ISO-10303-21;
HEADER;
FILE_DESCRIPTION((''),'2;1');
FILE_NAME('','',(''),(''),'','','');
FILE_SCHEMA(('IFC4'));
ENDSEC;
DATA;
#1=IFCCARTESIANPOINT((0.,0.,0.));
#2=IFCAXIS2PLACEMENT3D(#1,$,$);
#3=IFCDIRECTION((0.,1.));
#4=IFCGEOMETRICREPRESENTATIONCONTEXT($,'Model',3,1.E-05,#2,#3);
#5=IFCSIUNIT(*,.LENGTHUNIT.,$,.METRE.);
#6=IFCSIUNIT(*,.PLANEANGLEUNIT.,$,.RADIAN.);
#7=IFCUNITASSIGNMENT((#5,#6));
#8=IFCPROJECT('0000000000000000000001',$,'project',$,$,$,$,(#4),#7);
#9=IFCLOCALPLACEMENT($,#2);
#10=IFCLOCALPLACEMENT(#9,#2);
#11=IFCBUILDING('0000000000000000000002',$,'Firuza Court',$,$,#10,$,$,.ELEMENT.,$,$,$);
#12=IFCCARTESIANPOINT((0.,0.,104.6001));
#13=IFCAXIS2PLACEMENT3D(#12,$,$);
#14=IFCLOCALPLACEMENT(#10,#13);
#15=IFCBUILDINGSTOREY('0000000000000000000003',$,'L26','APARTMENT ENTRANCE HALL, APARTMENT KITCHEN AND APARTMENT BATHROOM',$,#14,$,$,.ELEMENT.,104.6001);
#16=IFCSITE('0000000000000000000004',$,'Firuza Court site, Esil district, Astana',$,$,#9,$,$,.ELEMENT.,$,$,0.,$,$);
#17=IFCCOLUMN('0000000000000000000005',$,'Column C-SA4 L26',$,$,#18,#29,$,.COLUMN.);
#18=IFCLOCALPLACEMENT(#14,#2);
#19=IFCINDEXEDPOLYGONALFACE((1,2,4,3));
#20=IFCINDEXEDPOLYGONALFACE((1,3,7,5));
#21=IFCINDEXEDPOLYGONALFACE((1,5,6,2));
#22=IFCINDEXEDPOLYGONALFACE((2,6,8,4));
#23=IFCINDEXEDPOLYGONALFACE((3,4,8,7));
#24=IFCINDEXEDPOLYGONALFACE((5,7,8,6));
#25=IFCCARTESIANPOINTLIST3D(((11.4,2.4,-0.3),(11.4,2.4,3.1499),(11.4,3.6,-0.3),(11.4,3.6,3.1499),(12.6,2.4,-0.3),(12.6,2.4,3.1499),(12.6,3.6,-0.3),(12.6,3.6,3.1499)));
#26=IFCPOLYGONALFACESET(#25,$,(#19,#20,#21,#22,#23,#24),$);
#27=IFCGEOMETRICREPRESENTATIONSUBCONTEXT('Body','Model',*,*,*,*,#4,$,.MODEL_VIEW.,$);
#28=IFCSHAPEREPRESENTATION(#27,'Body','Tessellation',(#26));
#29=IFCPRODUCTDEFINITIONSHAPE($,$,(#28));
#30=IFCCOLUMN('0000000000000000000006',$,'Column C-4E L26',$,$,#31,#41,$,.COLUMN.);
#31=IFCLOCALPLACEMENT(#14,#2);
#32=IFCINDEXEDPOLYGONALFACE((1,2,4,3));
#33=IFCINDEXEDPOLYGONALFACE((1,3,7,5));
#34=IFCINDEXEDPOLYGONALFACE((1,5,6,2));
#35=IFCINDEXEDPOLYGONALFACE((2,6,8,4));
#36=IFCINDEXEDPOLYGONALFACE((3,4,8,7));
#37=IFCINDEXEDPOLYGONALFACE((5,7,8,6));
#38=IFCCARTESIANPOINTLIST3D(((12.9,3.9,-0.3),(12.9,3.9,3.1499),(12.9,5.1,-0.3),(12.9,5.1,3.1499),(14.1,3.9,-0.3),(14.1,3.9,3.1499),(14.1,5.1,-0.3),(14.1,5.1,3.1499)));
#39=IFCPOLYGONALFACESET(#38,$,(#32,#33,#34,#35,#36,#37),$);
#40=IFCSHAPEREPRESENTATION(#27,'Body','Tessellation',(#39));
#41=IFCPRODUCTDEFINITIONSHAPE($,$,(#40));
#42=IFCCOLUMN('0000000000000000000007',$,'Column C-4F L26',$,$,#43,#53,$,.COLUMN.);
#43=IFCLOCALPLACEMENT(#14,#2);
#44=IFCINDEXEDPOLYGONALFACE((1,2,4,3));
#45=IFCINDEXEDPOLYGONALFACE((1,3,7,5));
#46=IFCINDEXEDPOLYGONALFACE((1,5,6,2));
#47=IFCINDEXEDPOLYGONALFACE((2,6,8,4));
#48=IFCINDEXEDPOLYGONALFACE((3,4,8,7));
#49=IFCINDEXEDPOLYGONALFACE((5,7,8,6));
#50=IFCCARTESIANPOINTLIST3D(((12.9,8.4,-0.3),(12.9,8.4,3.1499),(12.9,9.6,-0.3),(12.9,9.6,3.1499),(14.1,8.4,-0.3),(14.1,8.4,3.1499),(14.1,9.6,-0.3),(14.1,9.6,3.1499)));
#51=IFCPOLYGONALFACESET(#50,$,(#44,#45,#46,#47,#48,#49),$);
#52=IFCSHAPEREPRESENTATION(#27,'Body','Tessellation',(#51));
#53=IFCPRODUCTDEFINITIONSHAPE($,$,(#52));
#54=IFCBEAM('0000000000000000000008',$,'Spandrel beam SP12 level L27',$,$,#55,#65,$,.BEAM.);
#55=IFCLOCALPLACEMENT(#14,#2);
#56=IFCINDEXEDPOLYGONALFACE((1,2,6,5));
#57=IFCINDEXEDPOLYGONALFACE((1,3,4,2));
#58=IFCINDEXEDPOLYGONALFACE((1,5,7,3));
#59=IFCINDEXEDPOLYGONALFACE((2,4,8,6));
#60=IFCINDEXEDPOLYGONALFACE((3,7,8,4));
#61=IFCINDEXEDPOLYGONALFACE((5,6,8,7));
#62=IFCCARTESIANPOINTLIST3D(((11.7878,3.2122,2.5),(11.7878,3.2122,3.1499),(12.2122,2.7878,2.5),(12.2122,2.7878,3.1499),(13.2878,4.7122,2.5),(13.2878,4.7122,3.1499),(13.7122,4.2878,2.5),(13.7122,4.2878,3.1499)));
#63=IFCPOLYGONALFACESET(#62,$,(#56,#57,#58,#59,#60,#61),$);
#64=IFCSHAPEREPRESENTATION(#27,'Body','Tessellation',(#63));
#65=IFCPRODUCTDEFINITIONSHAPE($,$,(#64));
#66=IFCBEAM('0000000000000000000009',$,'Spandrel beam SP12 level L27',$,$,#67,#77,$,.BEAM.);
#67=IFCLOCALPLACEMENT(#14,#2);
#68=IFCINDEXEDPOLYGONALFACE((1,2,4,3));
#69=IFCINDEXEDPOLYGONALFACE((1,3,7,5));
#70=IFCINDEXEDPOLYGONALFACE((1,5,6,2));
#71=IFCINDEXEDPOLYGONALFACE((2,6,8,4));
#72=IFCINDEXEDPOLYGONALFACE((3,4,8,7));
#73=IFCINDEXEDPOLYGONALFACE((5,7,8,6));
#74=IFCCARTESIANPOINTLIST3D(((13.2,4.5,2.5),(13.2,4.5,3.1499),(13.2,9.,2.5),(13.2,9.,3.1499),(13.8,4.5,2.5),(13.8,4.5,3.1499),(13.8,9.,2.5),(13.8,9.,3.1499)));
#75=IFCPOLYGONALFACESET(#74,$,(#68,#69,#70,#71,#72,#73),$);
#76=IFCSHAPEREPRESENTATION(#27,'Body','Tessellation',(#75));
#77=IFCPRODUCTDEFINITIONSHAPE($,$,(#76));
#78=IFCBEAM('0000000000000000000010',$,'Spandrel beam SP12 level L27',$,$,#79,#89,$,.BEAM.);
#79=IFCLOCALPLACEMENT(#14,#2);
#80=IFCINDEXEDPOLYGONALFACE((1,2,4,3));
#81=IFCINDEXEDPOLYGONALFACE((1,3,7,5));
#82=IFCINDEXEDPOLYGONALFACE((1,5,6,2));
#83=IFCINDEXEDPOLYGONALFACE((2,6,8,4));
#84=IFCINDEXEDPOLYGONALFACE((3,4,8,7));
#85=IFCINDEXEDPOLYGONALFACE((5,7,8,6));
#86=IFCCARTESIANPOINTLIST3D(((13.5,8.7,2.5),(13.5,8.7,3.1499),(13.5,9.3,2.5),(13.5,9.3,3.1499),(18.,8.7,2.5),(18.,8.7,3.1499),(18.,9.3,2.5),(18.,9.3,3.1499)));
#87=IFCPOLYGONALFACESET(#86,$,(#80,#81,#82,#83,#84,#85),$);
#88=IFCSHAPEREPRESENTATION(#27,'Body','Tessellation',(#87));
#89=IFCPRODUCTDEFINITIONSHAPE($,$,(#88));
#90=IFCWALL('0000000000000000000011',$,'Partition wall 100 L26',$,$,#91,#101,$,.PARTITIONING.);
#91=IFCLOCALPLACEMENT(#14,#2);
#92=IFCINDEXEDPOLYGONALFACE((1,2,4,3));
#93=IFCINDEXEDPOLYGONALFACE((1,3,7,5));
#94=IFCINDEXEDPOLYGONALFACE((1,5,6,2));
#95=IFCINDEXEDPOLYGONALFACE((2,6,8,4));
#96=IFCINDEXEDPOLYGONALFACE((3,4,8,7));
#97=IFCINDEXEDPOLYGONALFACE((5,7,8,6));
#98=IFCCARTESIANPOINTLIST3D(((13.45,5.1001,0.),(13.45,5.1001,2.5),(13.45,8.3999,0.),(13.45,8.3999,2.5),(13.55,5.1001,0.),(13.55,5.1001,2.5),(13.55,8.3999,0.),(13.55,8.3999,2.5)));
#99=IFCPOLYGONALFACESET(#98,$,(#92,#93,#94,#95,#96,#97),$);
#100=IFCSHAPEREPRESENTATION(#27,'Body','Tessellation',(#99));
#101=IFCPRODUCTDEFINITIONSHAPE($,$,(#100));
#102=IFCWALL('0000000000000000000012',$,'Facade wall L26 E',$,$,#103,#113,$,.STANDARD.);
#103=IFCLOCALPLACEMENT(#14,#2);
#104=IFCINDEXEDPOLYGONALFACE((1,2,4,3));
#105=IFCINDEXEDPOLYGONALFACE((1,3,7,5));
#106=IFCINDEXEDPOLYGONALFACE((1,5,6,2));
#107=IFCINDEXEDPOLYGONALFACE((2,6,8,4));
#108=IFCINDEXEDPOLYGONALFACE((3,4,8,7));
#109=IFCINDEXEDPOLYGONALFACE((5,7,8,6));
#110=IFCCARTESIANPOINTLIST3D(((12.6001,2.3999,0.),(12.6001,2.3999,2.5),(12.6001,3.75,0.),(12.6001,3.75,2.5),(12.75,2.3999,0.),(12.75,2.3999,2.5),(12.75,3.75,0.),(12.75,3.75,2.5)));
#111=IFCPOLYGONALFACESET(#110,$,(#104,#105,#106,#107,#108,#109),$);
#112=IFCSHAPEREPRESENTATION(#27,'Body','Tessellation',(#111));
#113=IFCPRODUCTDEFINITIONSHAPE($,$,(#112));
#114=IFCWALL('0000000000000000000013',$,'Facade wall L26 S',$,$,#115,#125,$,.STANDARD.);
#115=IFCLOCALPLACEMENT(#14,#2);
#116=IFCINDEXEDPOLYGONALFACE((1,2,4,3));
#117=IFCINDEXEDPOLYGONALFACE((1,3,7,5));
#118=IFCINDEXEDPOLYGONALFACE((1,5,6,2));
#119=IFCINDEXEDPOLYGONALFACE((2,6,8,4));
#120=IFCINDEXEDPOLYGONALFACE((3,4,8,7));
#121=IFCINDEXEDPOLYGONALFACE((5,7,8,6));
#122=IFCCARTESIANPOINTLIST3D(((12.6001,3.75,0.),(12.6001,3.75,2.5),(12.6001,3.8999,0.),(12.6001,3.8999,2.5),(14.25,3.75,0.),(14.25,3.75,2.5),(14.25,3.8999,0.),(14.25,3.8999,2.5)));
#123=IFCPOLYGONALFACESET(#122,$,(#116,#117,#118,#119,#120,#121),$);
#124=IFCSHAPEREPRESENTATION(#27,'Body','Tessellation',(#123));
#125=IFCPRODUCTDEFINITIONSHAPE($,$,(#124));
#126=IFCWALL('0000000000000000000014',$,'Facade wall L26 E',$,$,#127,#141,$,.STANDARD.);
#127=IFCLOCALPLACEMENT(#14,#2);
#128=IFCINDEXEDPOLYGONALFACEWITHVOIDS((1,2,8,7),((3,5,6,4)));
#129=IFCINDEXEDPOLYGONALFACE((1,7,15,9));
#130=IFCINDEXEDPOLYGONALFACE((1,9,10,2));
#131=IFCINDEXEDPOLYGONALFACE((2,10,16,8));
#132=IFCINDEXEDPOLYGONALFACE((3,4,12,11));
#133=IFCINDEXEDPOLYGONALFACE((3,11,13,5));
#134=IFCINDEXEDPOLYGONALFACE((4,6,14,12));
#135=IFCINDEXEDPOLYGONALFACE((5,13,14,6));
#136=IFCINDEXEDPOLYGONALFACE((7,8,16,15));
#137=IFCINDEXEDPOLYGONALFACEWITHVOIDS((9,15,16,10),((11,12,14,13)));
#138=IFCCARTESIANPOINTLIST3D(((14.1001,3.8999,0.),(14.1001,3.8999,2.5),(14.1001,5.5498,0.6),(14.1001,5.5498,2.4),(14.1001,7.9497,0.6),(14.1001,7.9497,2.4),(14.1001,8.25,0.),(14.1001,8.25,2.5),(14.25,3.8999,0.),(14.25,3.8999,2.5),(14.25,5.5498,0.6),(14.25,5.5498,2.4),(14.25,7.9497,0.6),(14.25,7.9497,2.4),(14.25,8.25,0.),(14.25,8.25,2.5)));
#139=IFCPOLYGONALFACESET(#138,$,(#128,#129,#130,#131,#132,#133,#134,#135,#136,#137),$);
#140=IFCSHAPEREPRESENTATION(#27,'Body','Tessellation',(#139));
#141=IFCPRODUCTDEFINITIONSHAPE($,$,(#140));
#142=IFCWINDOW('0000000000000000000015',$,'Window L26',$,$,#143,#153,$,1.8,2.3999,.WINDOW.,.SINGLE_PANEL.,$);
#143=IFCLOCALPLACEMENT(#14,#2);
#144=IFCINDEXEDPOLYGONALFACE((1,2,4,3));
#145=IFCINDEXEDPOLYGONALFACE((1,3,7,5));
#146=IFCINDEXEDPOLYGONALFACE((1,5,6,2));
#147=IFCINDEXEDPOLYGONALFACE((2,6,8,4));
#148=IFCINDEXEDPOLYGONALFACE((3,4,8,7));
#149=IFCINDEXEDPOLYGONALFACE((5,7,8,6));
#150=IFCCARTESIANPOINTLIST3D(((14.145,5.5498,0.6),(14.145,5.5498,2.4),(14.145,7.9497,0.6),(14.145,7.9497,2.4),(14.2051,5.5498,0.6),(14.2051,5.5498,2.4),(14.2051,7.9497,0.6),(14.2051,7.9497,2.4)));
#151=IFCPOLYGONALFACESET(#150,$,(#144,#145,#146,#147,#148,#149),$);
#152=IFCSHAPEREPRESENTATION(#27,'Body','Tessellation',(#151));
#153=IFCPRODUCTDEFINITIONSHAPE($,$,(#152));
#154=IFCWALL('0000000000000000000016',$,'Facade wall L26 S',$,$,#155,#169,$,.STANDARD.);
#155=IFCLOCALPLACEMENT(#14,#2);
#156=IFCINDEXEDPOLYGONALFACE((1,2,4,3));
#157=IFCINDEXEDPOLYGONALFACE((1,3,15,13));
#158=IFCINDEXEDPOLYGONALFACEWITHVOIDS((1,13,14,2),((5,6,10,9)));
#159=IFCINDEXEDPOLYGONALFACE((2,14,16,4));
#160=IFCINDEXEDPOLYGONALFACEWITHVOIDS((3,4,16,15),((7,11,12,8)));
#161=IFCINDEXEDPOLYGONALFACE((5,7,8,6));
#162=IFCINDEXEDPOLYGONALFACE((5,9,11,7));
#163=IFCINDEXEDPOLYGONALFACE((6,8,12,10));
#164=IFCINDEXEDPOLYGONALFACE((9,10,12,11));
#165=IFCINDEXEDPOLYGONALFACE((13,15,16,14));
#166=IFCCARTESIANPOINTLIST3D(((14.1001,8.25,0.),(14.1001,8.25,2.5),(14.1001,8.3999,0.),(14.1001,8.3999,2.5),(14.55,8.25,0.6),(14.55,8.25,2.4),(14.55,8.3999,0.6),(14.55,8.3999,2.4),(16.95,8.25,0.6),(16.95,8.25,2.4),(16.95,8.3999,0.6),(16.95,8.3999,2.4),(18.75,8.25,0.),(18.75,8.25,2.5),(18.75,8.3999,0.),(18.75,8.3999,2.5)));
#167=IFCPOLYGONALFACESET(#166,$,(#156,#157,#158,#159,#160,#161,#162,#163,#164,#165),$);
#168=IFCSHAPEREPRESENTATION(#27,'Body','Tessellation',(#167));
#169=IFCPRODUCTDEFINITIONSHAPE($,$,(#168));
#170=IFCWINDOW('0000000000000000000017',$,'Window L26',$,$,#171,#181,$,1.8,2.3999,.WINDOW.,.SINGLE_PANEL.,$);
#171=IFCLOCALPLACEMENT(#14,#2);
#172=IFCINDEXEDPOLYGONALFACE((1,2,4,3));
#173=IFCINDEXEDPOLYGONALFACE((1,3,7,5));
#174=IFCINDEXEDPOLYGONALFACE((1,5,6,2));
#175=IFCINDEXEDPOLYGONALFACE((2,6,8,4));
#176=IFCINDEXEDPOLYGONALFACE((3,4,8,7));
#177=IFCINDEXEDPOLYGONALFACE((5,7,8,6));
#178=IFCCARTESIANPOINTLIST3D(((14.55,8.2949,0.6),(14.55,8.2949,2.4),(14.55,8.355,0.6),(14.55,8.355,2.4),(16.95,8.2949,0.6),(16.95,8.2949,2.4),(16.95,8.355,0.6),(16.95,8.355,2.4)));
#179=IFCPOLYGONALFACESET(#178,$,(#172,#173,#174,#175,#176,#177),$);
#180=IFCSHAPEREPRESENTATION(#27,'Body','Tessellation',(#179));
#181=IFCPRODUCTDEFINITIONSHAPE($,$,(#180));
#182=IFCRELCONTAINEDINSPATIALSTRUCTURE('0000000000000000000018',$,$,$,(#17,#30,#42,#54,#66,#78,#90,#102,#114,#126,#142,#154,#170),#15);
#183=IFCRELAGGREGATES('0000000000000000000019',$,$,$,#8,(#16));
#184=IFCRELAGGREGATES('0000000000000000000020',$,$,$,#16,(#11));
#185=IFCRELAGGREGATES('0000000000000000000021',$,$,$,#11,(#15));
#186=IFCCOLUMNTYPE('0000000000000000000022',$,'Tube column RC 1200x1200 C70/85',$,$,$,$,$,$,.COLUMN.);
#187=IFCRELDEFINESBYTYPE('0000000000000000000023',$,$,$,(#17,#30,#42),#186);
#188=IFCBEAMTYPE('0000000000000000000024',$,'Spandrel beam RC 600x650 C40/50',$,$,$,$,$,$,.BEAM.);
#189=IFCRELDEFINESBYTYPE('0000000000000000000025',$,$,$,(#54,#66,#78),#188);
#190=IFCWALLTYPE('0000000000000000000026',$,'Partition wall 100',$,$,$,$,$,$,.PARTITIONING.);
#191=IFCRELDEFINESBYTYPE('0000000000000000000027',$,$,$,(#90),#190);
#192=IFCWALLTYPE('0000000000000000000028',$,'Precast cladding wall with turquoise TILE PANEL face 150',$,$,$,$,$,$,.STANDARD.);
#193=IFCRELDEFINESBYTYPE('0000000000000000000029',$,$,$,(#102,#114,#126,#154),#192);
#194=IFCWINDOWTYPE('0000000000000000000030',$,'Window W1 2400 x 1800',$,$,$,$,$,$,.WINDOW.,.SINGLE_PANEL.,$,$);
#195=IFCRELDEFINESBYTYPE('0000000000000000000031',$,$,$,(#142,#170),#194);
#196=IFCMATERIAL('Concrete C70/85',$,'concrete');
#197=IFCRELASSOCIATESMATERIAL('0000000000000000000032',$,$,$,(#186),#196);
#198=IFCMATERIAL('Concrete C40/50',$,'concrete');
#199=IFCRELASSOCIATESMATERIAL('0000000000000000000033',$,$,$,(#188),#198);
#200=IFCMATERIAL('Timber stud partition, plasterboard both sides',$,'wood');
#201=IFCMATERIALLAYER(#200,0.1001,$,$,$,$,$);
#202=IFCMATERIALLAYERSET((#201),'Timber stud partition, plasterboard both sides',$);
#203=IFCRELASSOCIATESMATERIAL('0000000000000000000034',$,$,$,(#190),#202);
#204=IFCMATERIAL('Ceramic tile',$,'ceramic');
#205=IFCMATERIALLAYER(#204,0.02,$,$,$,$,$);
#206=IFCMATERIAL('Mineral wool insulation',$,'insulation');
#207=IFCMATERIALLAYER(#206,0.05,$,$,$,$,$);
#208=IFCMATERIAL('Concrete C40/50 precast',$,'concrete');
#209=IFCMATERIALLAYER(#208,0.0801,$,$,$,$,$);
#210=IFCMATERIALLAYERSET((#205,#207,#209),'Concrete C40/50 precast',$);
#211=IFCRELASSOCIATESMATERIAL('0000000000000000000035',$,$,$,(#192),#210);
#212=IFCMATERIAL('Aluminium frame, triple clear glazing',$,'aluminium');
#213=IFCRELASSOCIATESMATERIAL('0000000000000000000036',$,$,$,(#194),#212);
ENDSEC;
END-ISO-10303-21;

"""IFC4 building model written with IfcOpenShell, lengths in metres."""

from ifc_helpers import new_model, si_unit, direction, frame, frame_2d, origin, origin_2d, place, context, subcontext, project, spatial, rectangle, extrude, material, layer, layer_set, material_profile, profile_set, type_object, element, fill, save


model = new_model("IFC4")

# Units and contexts
model_context = context("Model", 3, precision=1e-05, world=origin(), true_north=direction((0.0, 1.0)))
body_context = subcontext(model_context, "Body", "Model", "MODEL_VIEW")
ifc_project = project(units=[si_unit("LENGTHUNIT", "METRE"), si_unit("PLANEANGLEUNIT", "RADIAN")], contexts=[model_context])

# Site, building, storey
site_placement = place(None, origin())
site = spatial("IfcSite", under=ifc_project, at=site_placement, Name="Firuza Court site, Esil district, Astana", CompositionType="ELEMENT", RefElevation=0.0)
building_placement = place(site_placement, origin())
building = spatial("IfcBuilding", under=site, at=building_placement, Name="Firuza Court", CompositionType="ELEMENT")
storey_placement = place(building_placement, frame((0.0, 0.0, 104.6001)))
storey = spatial("IfcBuildingStorey", under=building, at=storey_placement, Name="L26", Description="APARTMENT ENTRANCE HALL, APARTMENT KITCHEN AND APARTMENT BATHROOM", CompositionType="ELEMENT", Elevation=104.6001)

# Columns
ifc_material_1 = material(Name="Concrete C70/85", Category="concrete")
ifc_material_profile_1 = material_profile(ifc_material_1, rectangle(XDim=1.2, YDim=1.2, at=origin_2d()), Name="RC 1200x1200")
ifc_profile_set_1 = profile_set([ifc_material_profile_1], Name="Concrete C70/85")
column_type = type_object("IfcColumnType", Name="Tube column RC 1200x1200 C70/85", PredefinedType="COLUMN", material=ifc_profile_set_1)
for number, where, z_axis, x_axis, name in (
    (1, (12.0, 3.0, -0.3), (0.0, 0.0, 1.0), (1.0, 0.0, 0.0), "Column C-SA4 L26"),
    (2, (13.5, 4.5, -0.3), (0.0, 0.0, 1.0), (1.0, 0.0, 0.0), "Column C-4E L26"),
    (3, (13.5, 9.0, -0.3), (0.0, 0.0, 1.0), (1.0, 0.0, 0.0), "Column C-4F L26"),
):
    element("IfcColumn", number, at=place(storey_placement, frame(where, z_axis=z_axis, x_axis=x_axis)), inside=storey, type_object=column_type, Name=name, PredefinedType="COLUMN", context=body_context, shape_type="SweptSolid", body=[
        extrude(rectangle(XDim=1.2, YDim=1.2, at=origin_2d()), origin(), (0.0, 0.0, 1.0), 3.45),
    ])

# Beams
ifc_material_2 = material(Name="Concrete C40/50", Category="concrete")
ifc_material_profile_2 = material_profile(ifc_material_2, rectangle(XDim=0.6001, YDim=0.6499, at=origin_2d()), Name="RC 600x650")
ifc_profile_set_2 = profile_set([ifc_material_profile_2], Name="Concrete C40/50")
beam_type = type_object("IfcBeamType", Name="Spandrel beam RC 600x650 C40/50", PredefinedType="BEAM", material=ifc_profile_set_2)
beam_placement = place(storey_placement, frame((12.0, 3.0, 2.825), z_axis=(0.707107, 0.707107, 0.0), x_axis=(-0.707107, 0.707107, 0.0)))
element("IfcBeam", 4, at=beam_placement, inside=storey, type_object=beam_type, Name="Spandrel beam SP12 level L27", PredefinedType="BEAM", context=body_context, shape_type="SweptSolid", body=[
    extrude(rectangle(XDim=0.6001, YDim=0.6499, at=origin_2d()), origin(), (0.0, 0.0, 1.0), 2.1213),
])
for number, where, z_axis, x_axis, name in (
    (5, (13.5, 4.5, 2.825), (0.0, 1.0, 0.0), (-1.0, 0.0, 0.0), "Spandrel beam SP12 level L27"),
    (6, (13.5, 9.0, 2.825), (1.0, 0.0, 0.0), (0.0, 1.0, 0.0), "Spandrel beam SP12 level L27"),
):
    element("IfcBeam", number, at=place(storey_placement, frame(where, z_axis=z_axis, x_axis=x_axis)), inside=storey, type_object=beam_type, Name=name, PredefinedType="BEAM", context=body_context, shape_type="SweptSolid", body=[
        extrude(rectangle(XDim=0.6001, YDim=0.6499, at=origin_2d()), origin(), (0.0, 0.0, 1.0), 4.5),
    ])

# Walls
ifc_material_3 = material(Name="Timber stud partition, plasterboard both sides", Category="wood")
ifc_layer_1 = layer(ifc_material_3, 0.1001)
ifc_layer_set_1 = layer_set([ifc_layer_1], Name="Timber stud partition, plasterboard both sides")
wall_type_1 = type_object("IfcWallType", Name="Partition wall 100", PredefinedType="PARTITIONING", material=ifc_layer_set_1)
wall_1_placement = place(storey_placement, frame((13.5, 5.1001, 0.0), z_axis=(0.0, 0.0, 1.0), x_axis=(0.0, 1.0, 0.0)))
element("IfcWall", 7, at=wall_1_placement, inside=storey, type_object=wall_type_1, Name="Partition wall 100 L26", PredefinedType="PARTITIONING", context=body_context, shape_type="SweptSolid", body=[
    extrude(rectangle(XDim=3.2998, YDim=0.1001, at=frame_2d((1.6499, 0.0))), origin(), (0.0, 0.0, 1.0), 2.5),
])
ifc_material_4 = material(Name="Ceramic tile", Category="ceramic")
ifc_layer_2 = layer(ifc_material_4, 0.02)
ifc_material_5 = material(Name="Mineral wool insulation", Category="insulation")
ifc_layer_3 = layer(ifc_material_5, 0.05)
ifc_material_6 = material(Name="Concrete C40/50 precast", Category="concrete")
ifc_layer_4 = layer(ifc_material_6, 0.0801)
ifc_layer_set_2 = layer_set([ifc_layer_2, ifc_layer_3, ifc_layer_4], Name="Concrete C40/50 precast")
wall_type_2 = type_object("IfcWallType", Name="Precast cladding wall with turquoise TILE PANEL face 150", PredefinedType="STANDARD", material=ifc_layer_set_2)
wall_2_placement = place(storey_placement, frame((12.675, 2.3999, 0.0), z_axis=(0.0, 0.0, 1.0), x_axis=(0.0, 1.0, 0.0)))
element("IfcWall", 8, at=wall_2_placement, inside=storey, type_object=wall_type_2, Name="Facade wall L26 E", PredefinedType="STANDARD", context=body_context, shape_type="SweptSolid", body=[
    extrude(rectangle(XDim=1.3501, YDim=0.1499, at=frame_2d((0.675, 0.0))), origin(), (0.0, 0.0, 1.0), 2.5),
])
wall_3_placement = place(storey_placement, frame((12.6001, 3.825, 0.0), z_axis=(0.0, 0.0, 1.0), x_axis=(1.0, 0.0, 0.0)))
element("IfcWall", 9, at=wall_3_placement, inside=storey, type_object=wall_type_2, Name="Facade wall L26 S", PredefinedType="STANDARD", context=body_context, shape_type="SweptSolid", body=[
    extrude(rectangle(XDim=1.6499, YDim=0.1499, at=frame_2d((0.825, 0.0))), origin(), (0.0, 0.0, 1.0), 2.5),
])

# Walls, openings, windows
wall_4_placement = place(storey_placement, frame((14.175, 3.8999, 0.0), z_axis=(0.0, 0.0, 1.0), x_axis=(0.0, 1.0, 0.0)))
wall_4 = element("IfcWall", 10, at=wall_4_placement, inside=storey, type_object=wall_type_2, Name="Facade wall L26 E", PredefinedType="STANDARD", context=body_context, shape_type="SweptSolid", body=[
    extrude(rectangle(XDim=4.3501, YDim=0.1499, at=frame_2d((2.175, 0.0))), origin(), (0.0, 0.0, 1.0), 2.5),
])
opening_1_placement = place(wall_4_placement, frame((1.6499, 0.0, 0.6001)))
opening_1 = element("IfcOpeningElement", 11, at=opening_1_placement, cuts=wall_4, PredefinedType="OPENING", context=body_context, shape_type="SweptSolid", body=[
    extrude(rectangle(XDim=2.3999, YDim=1.8, at=frame_2d((1.2, 0.8999))), frame((0.0, 0.0869, 0.0), z_axis=(0.0, -1.0, 0.0), x_axis=(1.0, 0.0, 0.0)), (0.0, 0.0, 1.0), 0.1738),
])
ifc_material_7 = material(Name="Aluminium frame, triple clear glazing", Category="aluminium")
window_type = type_object("IfcWindowType", Name="Window W1 2400 x 1800", PartitioningType="SINGLE_PANEL", PredefinedType="WINDOW", material=ifc_material_7)
window_1_placement = place(opening_1_placement, origin())
window_1 = element("IfcWindow", 12, at=window_1_placement, inside=storey, type_object=window_type, Name="Window L26", OverallHeight=1.8, OverallWidth=2.3999, PartitioningType="SINGLE_PANEL", PredefinedType="WINDOW", context=body_context, shape_type="SweptSolid", body=[
    extrude(rectangle(XDim=2.3999, YDim=1.8, at=frame_2d((1.2, 0.8999))), frame((0.0, 0.03, 0.0), z_axis=(0.0, -1.0, 0.0), x_axis=(1.0, 0.0, 0.0)), (0.0, 0.0, 1.0), 0.0601),
])
fill(opening_1, window_1)
wall_5_placement = place(storey_placement, frame((14.1001, 8.325, 0.0), z_axis=(0.0, 0.0, 1.0), x_axis=(1.0, 0.0, 0.0)))
wall_5 = element("IfcWall", 13, at=wall_5_placement, inside=storey, type_object=wall_type_2, Name="Facade wall L26 S", PredefinedType="STANDARD", context=body_context, shape_type="SweptSolid", body=[
    extrude(rectangle(XDim=4.6499, YDim=0.1499, at=frame_2d((2.325, 0.0))), origin(), (0.0, 0.0, 1.0), 2.5),
])
opening_2_placement = place(wall_5_placement, frame((0.45, 0.0, 0.6001)))
opening_2 = element("IfcOpeningElement", 14, at=opening_2_placement, cuts=wall_5, PredefinedType="OPENING", context=body_context, shape_type="SweptSolid", body=[
    extrude(rectangle(XDim=2.3999, YDim=1.8, at=frame_2d((1.2, 0.8999))), frame((0.0, 0.0869, 0.0), z_axis=(0.0, -1.0, 0.0), x_axis=(1.0, 0.0, 0.0)), (0.0, 0.0, 1.0), 0.1738),
])
window_2_placement = place(opening_2_placement, origin())
window_2 = element("IfcWindow", 15, at=window_2_placement, inside=storey, type_object=window_type, Name="Window L26", OverallHeight=1.8, OverallWidth=2.3999, PartitioningType="SINGLE_PANEL", PredefinedType="WINDOW", context=body_context, shape_type="SweptSolid", body=[
    extrude(rectangle(XDim=2.3999, YDim=1.8, at=frame_2d((1.2, 0.8999))), frame((0.0, 0.03, 0.0), z_axis=(0.0, -1.0, 0.0), x_axis=(1.0, 0.0, 0.0)), (0.0, 0.0, 1.0), 0.0601),
])
fill(opening_2, window_2)

save(model, "model.ifc")
